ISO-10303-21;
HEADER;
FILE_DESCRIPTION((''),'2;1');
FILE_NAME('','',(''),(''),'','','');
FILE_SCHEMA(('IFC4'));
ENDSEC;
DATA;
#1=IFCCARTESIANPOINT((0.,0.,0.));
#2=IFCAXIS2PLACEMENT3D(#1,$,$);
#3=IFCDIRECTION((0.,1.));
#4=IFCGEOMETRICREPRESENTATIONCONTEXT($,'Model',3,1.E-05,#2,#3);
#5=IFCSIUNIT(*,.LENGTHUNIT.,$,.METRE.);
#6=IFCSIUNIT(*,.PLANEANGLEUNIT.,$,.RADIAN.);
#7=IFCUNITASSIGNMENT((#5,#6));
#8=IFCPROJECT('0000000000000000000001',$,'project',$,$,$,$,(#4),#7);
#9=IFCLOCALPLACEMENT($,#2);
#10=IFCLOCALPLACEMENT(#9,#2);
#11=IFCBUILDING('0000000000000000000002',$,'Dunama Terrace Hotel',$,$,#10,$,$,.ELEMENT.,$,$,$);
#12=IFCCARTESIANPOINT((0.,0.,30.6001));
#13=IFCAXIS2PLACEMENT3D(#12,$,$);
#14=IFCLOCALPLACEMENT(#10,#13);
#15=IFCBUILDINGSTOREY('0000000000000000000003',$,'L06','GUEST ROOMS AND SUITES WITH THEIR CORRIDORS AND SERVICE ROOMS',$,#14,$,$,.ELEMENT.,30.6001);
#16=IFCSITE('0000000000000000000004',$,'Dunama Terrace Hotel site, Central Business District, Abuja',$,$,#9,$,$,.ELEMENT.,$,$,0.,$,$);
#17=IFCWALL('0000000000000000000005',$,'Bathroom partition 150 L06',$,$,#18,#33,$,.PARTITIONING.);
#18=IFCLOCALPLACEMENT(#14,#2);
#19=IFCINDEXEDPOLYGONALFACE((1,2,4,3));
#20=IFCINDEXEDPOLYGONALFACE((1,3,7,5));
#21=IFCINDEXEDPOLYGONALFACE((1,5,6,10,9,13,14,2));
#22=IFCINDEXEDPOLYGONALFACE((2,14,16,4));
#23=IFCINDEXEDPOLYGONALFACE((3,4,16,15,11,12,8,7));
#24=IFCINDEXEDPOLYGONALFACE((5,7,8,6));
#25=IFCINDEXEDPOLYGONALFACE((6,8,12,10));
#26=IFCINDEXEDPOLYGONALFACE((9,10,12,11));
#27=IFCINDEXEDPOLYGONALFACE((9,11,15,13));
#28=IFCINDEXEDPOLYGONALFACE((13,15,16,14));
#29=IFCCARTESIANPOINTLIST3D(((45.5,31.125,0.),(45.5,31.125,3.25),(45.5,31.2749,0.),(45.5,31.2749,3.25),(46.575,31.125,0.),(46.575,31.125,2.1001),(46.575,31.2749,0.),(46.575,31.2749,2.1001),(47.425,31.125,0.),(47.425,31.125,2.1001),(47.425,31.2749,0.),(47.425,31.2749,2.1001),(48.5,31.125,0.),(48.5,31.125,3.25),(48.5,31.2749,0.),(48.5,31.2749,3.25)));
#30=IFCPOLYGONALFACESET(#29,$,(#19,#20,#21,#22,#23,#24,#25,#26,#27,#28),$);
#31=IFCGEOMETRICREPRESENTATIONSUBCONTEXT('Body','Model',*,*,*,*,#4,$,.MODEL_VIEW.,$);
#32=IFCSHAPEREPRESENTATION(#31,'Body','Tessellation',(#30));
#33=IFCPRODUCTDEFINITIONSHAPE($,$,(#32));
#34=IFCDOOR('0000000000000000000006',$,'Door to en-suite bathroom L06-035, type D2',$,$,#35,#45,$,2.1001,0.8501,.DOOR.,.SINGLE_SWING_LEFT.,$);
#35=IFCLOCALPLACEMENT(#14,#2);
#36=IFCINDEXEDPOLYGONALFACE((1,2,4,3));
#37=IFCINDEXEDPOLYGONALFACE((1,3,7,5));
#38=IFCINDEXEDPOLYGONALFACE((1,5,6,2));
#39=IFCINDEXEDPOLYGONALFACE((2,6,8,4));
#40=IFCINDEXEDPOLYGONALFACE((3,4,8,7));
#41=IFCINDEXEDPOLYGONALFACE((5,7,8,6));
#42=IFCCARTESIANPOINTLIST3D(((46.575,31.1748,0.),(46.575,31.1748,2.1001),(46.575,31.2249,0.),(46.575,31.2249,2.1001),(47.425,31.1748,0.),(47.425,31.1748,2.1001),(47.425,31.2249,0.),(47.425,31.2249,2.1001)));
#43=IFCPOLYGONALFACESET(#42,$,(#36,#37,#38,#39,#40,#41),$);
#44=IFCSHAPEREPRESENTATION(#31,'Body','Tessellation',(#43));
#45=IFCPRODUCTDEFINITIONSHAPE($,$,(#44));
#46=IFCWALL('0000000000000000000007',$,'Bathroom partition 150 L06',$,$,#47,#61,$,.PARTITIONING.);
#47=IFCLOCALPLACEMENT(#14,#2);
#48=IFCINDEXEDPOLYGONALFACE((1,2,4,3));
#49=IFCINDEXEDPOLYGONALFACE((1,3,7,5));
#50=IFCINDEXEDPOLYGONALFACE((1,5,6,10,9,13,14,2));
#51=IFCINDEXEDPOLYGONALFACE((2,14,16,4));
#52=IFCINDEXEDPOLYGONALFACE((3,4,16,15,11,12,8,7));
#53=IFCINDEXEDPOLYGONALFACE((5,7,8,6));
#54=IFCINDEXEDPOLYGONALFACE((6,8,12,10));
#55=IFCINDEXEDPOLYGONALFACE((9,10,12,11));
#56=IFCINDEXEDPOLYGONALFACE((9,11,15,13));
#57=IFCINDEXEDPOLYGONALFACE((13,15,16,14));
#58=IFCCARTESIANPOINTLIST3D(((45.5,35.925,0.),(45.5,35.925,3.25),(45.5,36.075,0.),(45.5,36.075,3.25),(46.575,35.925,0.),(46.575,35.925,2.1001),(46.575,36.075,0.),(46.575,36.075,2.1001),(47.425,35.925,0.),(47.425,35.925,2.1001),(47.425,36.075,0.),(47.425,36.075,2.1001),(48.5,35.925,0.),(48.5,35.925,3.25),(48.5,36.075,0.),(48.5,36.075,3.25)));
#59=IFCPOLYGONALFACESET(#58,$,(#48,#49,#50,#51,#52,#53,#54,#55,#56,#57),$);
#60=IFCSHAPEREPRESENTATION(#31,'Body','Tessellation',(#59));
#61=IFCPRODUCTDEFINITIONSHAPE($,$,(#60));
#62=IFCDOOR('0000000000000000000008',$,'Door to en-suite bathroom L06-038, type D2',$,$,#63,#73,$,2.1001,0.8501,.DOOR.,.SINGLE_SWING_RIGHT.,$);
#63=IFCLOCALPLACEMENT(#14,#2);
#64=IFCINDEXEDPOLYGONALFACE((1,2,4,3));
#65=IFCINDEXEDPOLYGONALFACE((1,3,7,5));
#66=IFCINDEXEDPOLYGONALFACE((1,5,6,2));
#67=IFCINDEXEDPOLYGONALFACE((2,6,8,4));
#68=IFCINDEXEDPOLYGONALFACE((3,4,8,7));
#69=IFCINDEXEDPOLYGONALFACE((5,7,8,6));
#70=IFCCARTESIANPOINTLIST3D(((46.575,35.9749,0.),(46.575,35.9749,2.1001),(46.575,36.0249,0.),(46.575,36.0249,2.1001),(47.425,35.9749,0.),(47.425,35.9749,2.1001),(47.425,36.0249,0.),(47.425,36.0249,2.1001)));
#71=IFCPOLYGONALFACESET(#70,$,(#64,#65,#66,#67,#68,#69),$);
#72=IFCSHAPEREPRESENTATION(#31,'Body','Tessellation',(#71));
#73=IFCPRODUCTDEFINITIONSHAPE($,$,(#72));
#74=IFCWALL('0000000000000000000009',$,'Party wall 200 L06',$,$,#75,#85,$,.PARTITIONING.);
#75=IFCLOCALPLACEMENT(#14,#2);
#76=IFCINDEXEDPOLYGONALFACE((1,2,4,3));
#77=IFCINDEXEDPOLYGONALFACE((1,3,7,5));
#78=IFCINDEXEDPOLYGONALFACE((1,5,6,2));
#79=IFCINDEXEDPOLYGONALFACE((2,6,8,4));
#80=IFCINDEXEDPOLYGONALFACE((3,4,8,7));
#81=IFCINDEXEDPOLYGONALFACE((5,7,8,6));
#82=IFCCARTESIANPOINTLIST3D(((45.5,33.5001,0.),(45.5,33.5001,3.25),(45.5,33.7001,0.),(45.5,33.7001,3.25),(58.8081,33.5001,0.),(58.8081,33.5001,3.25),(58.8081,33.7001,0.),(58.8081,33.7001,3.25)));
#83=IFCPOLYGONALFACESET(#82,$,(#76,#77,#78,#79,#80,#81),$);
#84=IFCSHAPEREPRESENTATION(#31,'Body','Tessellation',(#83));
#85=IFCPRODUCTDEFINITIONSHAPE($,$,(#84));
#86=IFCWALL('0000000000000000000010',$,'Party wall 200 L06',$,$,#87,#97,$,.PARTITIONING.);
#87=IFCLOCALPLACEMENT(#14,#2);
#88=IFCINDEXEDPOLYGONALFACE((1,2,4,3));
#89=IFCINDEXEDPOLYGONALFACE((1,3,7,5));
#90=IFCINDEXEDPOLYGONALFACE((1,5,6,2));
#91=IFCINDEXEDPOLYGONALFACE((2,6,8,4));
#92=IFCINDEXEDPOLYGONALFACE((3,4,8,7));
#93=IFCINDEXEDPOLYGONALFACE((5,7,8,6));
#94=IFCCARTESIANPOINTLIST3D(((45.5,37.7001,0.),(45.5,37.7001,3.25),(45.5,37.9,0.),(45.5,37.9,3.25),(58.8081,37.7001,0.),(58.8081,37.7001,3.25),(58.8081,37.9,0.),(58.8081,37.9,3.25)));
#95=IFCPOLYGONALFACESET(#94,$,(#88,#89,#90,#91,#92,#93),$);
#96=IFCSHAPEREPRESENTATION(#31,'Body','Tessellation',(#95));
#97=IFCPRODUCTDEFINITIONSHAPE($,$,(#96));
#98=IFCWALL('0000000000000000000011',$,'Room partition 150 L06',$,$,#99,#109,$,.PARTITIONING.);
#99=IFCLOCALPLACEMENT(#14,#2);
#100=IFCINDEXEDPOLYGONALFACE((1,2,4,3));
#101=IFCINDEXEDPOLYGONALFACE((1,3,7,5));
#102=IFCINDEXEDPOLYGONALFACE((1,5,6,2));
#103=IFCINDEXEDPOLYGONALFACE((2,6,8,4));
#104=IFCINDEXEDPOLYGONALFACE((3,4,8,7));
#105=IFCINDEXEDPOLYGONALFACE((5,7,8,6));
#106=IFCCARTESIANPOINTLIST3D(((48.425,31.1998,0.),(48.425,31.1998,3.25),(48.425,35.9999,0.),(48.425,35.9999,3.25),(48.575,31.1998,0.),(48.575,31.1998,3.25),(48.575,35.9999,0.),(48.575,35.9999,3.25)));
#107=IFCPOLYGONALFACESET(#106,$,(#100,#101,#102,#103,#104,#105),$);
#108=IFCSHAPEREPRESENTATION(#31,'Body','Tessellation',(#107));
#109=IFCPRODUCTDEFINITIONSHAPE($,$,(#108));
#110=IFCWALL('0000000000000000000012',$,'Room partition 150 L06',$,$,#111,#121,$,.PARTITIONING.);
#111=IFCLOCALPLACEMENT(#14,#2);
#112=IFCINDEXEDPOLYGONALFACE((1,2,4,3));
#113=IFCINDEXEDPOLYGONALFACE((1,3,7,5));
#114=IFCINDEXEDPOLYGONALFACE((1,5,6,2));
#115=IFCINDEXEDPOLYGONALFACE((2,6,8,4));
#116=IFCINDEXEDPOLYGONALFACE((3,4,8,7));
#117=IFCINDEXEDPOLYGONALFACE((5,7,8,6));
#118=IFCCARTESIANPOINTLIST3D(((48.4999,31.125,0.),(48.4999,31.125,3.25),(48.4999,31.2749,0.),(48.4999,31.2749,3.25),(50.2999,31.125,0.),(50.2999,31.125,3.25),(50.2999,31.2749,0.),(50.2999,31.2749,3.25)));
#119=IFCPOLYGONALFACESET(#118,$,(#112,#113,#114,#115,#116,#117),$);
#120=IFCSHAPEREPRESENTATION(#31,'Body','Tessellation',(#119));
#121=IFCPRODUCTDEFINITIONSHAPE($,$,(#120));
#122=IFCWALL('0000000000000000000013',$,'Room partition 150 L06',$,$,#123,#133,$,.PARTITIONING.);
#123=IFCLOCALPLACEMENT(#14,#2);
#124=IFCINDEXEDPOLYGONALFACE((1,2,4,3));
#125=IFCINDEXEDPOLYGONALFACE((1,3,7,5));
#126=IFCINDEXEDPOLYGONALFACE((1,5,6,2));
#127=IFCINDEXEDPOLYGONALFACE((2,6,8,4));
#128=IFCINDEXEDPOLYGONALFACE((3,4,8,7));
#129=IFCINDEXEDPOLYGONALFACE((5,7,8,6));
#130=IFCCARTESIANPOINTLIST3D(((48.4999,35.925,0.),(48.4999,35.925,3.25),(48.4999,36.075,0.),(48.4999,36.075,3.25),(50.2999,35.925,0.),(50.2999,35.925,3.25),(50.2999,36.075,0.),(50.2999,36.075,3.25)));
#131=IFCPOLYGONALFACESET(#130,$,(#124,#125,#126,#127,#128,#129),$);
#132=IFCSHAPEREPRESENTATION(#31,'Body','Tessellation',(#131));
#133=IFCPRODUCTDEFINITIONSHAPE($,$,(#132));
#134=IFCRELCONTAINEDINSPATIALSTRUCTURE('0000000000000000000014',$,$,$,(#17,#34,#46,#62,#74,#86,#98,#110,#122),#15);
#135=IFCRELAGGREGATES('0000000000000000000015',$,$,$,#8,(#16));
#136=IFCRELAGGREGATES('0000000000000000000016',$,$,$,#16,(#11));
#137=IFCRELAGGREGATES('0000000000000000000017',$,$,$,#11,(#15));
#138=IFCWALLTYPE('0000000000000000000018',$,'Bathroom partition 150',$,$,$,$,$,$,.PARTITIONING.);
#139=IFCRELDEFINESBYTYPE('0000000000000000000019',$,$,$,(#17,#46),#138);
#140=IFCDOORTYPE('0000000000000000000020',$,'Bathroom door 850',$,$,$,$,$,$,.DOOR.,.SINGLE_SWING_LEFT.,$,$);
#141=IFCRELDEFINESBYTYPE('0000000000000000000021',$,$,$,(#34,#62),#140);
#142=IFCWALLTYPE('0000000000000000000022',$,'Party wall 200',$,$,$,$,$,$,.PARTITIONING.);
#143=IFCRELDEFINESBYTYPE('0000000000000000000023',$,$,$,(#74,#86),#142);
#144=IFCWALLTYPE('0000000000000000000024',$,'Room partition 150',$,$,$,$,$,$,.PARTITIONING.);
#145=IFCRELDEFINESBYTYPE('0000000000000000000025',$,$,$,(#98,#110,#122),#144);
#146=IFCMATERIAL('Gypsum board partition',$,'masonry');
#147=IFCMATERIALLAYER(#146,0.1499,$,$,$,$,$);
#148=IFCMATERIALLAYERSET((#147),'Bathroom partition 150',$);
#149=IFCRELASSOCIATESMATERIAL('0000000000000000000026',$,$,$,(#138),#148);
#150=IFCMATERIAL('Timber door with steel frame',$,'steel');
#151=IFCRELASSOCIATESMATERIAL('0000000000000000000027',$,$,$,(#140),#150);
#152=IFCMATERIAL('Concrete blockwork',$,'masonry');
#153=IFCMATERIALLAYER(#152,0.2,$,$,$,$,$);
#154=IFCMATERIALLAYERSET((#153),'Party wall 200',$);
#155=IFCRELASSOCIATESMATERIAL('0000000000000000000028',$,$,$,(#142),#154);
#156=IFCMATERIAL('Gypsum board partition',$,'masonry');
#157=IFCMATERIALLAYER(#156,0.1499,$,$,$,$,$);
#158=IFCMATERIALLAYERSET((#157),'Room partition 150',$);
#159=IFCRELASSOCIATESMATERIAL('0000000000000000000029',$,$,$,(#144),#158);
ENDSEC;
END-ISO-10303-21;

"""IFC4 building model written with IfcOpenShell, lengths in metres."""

from ifc_helpers import new_model, si_unit, direction, frame, frame_2d, origin, place, context, subcontext, project, spatial, rectangle, extrude, material, layer, layer_set, type_object, element, fill, save


model = new_model("IFC4")

# Units and contexts
model_context = context("Model", 3, precision=1e-05, world=origin(), true_north=direction((0.0, 1.0)))
body_context = subcontext(model_context, "Body", "Model", "MODEL_VIEW")
ifc_project = project(units=[si_unit("LENGTHUNIT", "METRE"), si_unit("PLANEANGLEUNIT", "RADIAN")], contexts=[model_context])

# Site, building, storey
site_placement = place(None, origin())
site = spatial("IfcSite", under=ifc_project, at=site_placement, Name="Dunama Terrace Hotel site, Central Business District, Abuja", CompositionType="ELEMENT", RefElevation=0.0)
building_placement = place(site_placement, origin())
building = spatial("IfcBuilding", under=site, at=building_placement, Name="Dunama Terrace Hotel", CompositionType="ELEMENT")
storey_placement = place(building_placement, frame((0.0, 0.0, 30.6001)))
storey = spatial("IfcBuildingStorey", under=building, at=storey_placement, Name="L06", Description="GUEST ROOMS AND SUITES WITH THEIR CORRIDORS AND SERVICE ROOMS", CompositionType="ELEMENT", Elevation=30.6001)

# Walls, openings, doors
ifc_material_1 = material(Name="Gypsum board partition", Category="masonry")
ifc_layer_1 = layer(ifc_material_1, 0.1499)
ifc_layer_set_1 = layer_set([ifc_layer_1], Name="Bathroom partition 150")
wall_type_1 = type_object("IfcWallType", Name="Bathroom partition 150", PredefinedType="PARTITIONING", material=ifc_layer_set_1)
wall_1_placement = place(storey_placement, frame((45.5, 31.2, 0.0), z_axis=(0.0, 0.0, 1.0), x_axis=(1.0, 0.0, 0.0)))
wall_1 = element("IfcWall", 1, at=wall_1_placement, inside=storey, type_object=wall_type_1, Name="Bathroom partition 150 L06", PredefinedType="PARTITIONING", context=body_context, shape_type="SweptSolid", body=[
    extrude(rectangle(XDim=3.0, YDim=0.1499, at=frame_2d((1.5, 0.0))), origin(), (0.0, 0.0, 1.0), 3.25),
])
opening_1_placement = place(wall_1_placement, frame((1.075, 0.0, 0.0)))
opening_1 = element("IfcOpeningElement", 2, at=opening_1_placement, cuts=wall_1, PredefinedType="OPENING", context=body_context, shape_type="SweptSolid", body=[
    extrude(rectangle(XDim=0.8501, YDim=2.1001, at=frame_2d((0.425, 1.05))), frame((0.0, 0.085, 0.0), z_axis=(0.0, -1.0, 0.0), x_axis=(1.0, 0.0, 0.0)), (0.0, 0.0, 1.0), 0.1699),
])
ifc_material_2 = material(Name="Timber door with steel frame", Category="steel")
door_type = type_object("IfcDoorType", Name="Bathroom door 850", OperationType="SINGLE_SWING_LEFT", PredefinedType="DOOR", material=ifc_material_2)
door_1_placement = place(opening_1_placement, origin())
door_1 = element("IfcDoor", 3, at=door_1_placement, inside=storey, type_object=door_type, Name="Door to en-suite bathroom L06-035, type D2", OperationType="SINGLE_SWING_LEFT", OverallHeight=2.1001, OverallWidth=0.8501, PredefinedType="DOOR", context=body_context, shape_type="SweptSolid", body=[
    extrude(rectangle(XDim=0.8501, YDim=2.1001, at=frame_2d((0.425, 1.05))), frame((0.0, 0.0249, 0.0), z_axis=(0.0, -1.0, 0.0), x_axis=(1.0, 0.0, 0.0)), (0.0, 0.0, 1.0), 0.05),
])
fill(opening_1, door_1)
wall_2_placement = place(storey_placement, frame((45.5, 36.0, 0.0), z_axis=(0.0, 0.0, 1.0), x_axis=(1.0, 0.0, 0.0)))
wall_2 = element("IfcWall", 4, at=wall_2_placement, inside=storey, type_object=wall_type_1, Name="Bathroom partition 150 L06", PredefinedType="PARTITIONING", context=body_context, shape_type="SweptSolid", body=[
    extrude(rectangle(XDim=3.0, YDim=0.1499, at=frame_2d((1.5, 0.0))), origin(), (0.0, 0.0, 1.0), 3.25),
])
opening_2_placement = place(wall_2_placement, frame((1.075, 0.0, 0.0)))
opening_2 = element("IfcOpeningElement", 5, at=opening_2_placement, cuts=wall_2, PredefinedType="OPENING", context=body_context, shape_type="SweptSolid", body=[
    extrude(rectangle(XDim=0.8501, YDim=2.1001, at=frame_2d((0.425, 1.05))), frame((0.0, 0.085, 0.0), z_axis=(0.0, -1.0, 0.0), x_axis=(1.0, 0.0, 0.0)), (0.0, 0.0, 1.0), 0.1699),
])
door_2_placement = place(opening_2_placement, frame((0.8501, 0.0, 0.0), z_axis=(0.0, 0.0, 1.0), x_axis=(-1.0, 0.0, 0.0)))
door_2 = element("IfcDoor", 6, at=door_2_placement, inside=storey, type_object=door_type, Name="Door to en-suite bathroom L06-038, type D2", OperationType="SINGLE_SWING_RIGHT", OverallHeight=2.1001, OverallWidth=0.8501, PredefinedType="DOOR", context=body_context, shape_type="SweptSolid", body=[
    extrude(rectangle(XDim=0.8501, YDim=2.1001, at=frame_2d((0.425, 1.05))), frame((0.0, 0.0251, 0.0), z_axis=(0.0, -1.0, 0.0), x_axis=(1.0, 0.0, 0.0)), (0.0, 0.0, 1.0), 0.05),
])
fill(opening_2, door_2)

# Walls
ifc_material_3 = material(Name="Concrete blockwork", Category="masonry")
ifc_layer_2 = layer(ifc_material_3, 0.2)
ifc_layer_set_2 = layer_set([ifc_layer_2], Name="Party wall 200")
wall_type_2 = type_object("IfcWallType", Name="Party wall 200", PredefinedType="PARTITIONING", material=ifc_layer_set_2)
for number, where, z_axis, x_axis, name in (
    (7, (45.5, 33.6001, 0.0), (0.0, 0.0, 1.0), (1.0, 0.0, 0.0), "Party wall 200 L06"),
    (8, (45.5, 37.8, 0.0), (0.0, 0.0, 1.0), (1.0, 0.0, 0.0), "Party wall 200 L06"),
):
    element("IfcWall", number, at=place(storey_placement, frame(where, z_axis=z_axis, x_axis=x_axis)), inside=storey, type_object=wall_type_2, Name=name, PredefinedType="PARTITIONING", context=body_context, shape_type="SweptSolid", body=[
        extrude(rectangle(XDim=13.3081, YDim=0.2, at=frame_2d((6.6541, 0.0))), origin(), (0.0, 0.0, 1.0), 3.25),
    ])
ifc_material_4 = material(Name="Gypsum board partition", Category="masonry")
ifc_layer_3 = layer(ifc_material_4, 0.1499)
ifc_layer_set_3 = layer_set([ifc_layer_3], Name="Room partition 150")
wall_type_3 = type_object("IfcWallType", Name="Room partition 150", PredefinedType="PARTITIONING", material=ifc_layer_set_3)
wall_3_placement = place(storey_placement, frame((48.5, 31.2, 0.0), z_axis=(0.0, 0.0, 1.0), x_axis=(0.0, 1.0, 0.0)))
element("IfcWall", 9, at=wall_3_placement, inside=storey, type_object=wall_type_3, Name="Room partition 150 L06", PredefinedType="PARTITIONING", context=body_context, shape_type="SweptSolid", body=[
    extrude(rectangle(XDim=4.8, YDim=0.1499, at=frame_2d((2.3999, 0.0))), origin(), (0.0, 0.0, 1.0), 3.25),
])
for number, where, z_axis, x_axis, name in (
    (10, (48.5, 31.2, 0.0), (0.0, 0.0, 1.0), (1.0, 0.0, 0.0), "Room partition 150 L06"),
    (11, (48.5, 36.0, 0.0), (0.0, 0.0, 1.0), (1.0, 0.0, 0.0), "Room partition 150 L06"),
):
    element("IfcWall", number, at=place(storey_placement, frame(where, z_axis=z_axis, x_axis=x_axis)), inside=storey, type_object=wall_type_3, Name=name, PredefinedType="PARTITIONING", context=body_context, shape_type="SweptSolid", body=[
        extrude(rectangle(XDim=1.8, YDim=0.1499, at=frame_2d((0.8999, 0.0))), origin(), (0.0, 0.0, 1.0), 3.25),
    ])

save(model, "model.ifc")
